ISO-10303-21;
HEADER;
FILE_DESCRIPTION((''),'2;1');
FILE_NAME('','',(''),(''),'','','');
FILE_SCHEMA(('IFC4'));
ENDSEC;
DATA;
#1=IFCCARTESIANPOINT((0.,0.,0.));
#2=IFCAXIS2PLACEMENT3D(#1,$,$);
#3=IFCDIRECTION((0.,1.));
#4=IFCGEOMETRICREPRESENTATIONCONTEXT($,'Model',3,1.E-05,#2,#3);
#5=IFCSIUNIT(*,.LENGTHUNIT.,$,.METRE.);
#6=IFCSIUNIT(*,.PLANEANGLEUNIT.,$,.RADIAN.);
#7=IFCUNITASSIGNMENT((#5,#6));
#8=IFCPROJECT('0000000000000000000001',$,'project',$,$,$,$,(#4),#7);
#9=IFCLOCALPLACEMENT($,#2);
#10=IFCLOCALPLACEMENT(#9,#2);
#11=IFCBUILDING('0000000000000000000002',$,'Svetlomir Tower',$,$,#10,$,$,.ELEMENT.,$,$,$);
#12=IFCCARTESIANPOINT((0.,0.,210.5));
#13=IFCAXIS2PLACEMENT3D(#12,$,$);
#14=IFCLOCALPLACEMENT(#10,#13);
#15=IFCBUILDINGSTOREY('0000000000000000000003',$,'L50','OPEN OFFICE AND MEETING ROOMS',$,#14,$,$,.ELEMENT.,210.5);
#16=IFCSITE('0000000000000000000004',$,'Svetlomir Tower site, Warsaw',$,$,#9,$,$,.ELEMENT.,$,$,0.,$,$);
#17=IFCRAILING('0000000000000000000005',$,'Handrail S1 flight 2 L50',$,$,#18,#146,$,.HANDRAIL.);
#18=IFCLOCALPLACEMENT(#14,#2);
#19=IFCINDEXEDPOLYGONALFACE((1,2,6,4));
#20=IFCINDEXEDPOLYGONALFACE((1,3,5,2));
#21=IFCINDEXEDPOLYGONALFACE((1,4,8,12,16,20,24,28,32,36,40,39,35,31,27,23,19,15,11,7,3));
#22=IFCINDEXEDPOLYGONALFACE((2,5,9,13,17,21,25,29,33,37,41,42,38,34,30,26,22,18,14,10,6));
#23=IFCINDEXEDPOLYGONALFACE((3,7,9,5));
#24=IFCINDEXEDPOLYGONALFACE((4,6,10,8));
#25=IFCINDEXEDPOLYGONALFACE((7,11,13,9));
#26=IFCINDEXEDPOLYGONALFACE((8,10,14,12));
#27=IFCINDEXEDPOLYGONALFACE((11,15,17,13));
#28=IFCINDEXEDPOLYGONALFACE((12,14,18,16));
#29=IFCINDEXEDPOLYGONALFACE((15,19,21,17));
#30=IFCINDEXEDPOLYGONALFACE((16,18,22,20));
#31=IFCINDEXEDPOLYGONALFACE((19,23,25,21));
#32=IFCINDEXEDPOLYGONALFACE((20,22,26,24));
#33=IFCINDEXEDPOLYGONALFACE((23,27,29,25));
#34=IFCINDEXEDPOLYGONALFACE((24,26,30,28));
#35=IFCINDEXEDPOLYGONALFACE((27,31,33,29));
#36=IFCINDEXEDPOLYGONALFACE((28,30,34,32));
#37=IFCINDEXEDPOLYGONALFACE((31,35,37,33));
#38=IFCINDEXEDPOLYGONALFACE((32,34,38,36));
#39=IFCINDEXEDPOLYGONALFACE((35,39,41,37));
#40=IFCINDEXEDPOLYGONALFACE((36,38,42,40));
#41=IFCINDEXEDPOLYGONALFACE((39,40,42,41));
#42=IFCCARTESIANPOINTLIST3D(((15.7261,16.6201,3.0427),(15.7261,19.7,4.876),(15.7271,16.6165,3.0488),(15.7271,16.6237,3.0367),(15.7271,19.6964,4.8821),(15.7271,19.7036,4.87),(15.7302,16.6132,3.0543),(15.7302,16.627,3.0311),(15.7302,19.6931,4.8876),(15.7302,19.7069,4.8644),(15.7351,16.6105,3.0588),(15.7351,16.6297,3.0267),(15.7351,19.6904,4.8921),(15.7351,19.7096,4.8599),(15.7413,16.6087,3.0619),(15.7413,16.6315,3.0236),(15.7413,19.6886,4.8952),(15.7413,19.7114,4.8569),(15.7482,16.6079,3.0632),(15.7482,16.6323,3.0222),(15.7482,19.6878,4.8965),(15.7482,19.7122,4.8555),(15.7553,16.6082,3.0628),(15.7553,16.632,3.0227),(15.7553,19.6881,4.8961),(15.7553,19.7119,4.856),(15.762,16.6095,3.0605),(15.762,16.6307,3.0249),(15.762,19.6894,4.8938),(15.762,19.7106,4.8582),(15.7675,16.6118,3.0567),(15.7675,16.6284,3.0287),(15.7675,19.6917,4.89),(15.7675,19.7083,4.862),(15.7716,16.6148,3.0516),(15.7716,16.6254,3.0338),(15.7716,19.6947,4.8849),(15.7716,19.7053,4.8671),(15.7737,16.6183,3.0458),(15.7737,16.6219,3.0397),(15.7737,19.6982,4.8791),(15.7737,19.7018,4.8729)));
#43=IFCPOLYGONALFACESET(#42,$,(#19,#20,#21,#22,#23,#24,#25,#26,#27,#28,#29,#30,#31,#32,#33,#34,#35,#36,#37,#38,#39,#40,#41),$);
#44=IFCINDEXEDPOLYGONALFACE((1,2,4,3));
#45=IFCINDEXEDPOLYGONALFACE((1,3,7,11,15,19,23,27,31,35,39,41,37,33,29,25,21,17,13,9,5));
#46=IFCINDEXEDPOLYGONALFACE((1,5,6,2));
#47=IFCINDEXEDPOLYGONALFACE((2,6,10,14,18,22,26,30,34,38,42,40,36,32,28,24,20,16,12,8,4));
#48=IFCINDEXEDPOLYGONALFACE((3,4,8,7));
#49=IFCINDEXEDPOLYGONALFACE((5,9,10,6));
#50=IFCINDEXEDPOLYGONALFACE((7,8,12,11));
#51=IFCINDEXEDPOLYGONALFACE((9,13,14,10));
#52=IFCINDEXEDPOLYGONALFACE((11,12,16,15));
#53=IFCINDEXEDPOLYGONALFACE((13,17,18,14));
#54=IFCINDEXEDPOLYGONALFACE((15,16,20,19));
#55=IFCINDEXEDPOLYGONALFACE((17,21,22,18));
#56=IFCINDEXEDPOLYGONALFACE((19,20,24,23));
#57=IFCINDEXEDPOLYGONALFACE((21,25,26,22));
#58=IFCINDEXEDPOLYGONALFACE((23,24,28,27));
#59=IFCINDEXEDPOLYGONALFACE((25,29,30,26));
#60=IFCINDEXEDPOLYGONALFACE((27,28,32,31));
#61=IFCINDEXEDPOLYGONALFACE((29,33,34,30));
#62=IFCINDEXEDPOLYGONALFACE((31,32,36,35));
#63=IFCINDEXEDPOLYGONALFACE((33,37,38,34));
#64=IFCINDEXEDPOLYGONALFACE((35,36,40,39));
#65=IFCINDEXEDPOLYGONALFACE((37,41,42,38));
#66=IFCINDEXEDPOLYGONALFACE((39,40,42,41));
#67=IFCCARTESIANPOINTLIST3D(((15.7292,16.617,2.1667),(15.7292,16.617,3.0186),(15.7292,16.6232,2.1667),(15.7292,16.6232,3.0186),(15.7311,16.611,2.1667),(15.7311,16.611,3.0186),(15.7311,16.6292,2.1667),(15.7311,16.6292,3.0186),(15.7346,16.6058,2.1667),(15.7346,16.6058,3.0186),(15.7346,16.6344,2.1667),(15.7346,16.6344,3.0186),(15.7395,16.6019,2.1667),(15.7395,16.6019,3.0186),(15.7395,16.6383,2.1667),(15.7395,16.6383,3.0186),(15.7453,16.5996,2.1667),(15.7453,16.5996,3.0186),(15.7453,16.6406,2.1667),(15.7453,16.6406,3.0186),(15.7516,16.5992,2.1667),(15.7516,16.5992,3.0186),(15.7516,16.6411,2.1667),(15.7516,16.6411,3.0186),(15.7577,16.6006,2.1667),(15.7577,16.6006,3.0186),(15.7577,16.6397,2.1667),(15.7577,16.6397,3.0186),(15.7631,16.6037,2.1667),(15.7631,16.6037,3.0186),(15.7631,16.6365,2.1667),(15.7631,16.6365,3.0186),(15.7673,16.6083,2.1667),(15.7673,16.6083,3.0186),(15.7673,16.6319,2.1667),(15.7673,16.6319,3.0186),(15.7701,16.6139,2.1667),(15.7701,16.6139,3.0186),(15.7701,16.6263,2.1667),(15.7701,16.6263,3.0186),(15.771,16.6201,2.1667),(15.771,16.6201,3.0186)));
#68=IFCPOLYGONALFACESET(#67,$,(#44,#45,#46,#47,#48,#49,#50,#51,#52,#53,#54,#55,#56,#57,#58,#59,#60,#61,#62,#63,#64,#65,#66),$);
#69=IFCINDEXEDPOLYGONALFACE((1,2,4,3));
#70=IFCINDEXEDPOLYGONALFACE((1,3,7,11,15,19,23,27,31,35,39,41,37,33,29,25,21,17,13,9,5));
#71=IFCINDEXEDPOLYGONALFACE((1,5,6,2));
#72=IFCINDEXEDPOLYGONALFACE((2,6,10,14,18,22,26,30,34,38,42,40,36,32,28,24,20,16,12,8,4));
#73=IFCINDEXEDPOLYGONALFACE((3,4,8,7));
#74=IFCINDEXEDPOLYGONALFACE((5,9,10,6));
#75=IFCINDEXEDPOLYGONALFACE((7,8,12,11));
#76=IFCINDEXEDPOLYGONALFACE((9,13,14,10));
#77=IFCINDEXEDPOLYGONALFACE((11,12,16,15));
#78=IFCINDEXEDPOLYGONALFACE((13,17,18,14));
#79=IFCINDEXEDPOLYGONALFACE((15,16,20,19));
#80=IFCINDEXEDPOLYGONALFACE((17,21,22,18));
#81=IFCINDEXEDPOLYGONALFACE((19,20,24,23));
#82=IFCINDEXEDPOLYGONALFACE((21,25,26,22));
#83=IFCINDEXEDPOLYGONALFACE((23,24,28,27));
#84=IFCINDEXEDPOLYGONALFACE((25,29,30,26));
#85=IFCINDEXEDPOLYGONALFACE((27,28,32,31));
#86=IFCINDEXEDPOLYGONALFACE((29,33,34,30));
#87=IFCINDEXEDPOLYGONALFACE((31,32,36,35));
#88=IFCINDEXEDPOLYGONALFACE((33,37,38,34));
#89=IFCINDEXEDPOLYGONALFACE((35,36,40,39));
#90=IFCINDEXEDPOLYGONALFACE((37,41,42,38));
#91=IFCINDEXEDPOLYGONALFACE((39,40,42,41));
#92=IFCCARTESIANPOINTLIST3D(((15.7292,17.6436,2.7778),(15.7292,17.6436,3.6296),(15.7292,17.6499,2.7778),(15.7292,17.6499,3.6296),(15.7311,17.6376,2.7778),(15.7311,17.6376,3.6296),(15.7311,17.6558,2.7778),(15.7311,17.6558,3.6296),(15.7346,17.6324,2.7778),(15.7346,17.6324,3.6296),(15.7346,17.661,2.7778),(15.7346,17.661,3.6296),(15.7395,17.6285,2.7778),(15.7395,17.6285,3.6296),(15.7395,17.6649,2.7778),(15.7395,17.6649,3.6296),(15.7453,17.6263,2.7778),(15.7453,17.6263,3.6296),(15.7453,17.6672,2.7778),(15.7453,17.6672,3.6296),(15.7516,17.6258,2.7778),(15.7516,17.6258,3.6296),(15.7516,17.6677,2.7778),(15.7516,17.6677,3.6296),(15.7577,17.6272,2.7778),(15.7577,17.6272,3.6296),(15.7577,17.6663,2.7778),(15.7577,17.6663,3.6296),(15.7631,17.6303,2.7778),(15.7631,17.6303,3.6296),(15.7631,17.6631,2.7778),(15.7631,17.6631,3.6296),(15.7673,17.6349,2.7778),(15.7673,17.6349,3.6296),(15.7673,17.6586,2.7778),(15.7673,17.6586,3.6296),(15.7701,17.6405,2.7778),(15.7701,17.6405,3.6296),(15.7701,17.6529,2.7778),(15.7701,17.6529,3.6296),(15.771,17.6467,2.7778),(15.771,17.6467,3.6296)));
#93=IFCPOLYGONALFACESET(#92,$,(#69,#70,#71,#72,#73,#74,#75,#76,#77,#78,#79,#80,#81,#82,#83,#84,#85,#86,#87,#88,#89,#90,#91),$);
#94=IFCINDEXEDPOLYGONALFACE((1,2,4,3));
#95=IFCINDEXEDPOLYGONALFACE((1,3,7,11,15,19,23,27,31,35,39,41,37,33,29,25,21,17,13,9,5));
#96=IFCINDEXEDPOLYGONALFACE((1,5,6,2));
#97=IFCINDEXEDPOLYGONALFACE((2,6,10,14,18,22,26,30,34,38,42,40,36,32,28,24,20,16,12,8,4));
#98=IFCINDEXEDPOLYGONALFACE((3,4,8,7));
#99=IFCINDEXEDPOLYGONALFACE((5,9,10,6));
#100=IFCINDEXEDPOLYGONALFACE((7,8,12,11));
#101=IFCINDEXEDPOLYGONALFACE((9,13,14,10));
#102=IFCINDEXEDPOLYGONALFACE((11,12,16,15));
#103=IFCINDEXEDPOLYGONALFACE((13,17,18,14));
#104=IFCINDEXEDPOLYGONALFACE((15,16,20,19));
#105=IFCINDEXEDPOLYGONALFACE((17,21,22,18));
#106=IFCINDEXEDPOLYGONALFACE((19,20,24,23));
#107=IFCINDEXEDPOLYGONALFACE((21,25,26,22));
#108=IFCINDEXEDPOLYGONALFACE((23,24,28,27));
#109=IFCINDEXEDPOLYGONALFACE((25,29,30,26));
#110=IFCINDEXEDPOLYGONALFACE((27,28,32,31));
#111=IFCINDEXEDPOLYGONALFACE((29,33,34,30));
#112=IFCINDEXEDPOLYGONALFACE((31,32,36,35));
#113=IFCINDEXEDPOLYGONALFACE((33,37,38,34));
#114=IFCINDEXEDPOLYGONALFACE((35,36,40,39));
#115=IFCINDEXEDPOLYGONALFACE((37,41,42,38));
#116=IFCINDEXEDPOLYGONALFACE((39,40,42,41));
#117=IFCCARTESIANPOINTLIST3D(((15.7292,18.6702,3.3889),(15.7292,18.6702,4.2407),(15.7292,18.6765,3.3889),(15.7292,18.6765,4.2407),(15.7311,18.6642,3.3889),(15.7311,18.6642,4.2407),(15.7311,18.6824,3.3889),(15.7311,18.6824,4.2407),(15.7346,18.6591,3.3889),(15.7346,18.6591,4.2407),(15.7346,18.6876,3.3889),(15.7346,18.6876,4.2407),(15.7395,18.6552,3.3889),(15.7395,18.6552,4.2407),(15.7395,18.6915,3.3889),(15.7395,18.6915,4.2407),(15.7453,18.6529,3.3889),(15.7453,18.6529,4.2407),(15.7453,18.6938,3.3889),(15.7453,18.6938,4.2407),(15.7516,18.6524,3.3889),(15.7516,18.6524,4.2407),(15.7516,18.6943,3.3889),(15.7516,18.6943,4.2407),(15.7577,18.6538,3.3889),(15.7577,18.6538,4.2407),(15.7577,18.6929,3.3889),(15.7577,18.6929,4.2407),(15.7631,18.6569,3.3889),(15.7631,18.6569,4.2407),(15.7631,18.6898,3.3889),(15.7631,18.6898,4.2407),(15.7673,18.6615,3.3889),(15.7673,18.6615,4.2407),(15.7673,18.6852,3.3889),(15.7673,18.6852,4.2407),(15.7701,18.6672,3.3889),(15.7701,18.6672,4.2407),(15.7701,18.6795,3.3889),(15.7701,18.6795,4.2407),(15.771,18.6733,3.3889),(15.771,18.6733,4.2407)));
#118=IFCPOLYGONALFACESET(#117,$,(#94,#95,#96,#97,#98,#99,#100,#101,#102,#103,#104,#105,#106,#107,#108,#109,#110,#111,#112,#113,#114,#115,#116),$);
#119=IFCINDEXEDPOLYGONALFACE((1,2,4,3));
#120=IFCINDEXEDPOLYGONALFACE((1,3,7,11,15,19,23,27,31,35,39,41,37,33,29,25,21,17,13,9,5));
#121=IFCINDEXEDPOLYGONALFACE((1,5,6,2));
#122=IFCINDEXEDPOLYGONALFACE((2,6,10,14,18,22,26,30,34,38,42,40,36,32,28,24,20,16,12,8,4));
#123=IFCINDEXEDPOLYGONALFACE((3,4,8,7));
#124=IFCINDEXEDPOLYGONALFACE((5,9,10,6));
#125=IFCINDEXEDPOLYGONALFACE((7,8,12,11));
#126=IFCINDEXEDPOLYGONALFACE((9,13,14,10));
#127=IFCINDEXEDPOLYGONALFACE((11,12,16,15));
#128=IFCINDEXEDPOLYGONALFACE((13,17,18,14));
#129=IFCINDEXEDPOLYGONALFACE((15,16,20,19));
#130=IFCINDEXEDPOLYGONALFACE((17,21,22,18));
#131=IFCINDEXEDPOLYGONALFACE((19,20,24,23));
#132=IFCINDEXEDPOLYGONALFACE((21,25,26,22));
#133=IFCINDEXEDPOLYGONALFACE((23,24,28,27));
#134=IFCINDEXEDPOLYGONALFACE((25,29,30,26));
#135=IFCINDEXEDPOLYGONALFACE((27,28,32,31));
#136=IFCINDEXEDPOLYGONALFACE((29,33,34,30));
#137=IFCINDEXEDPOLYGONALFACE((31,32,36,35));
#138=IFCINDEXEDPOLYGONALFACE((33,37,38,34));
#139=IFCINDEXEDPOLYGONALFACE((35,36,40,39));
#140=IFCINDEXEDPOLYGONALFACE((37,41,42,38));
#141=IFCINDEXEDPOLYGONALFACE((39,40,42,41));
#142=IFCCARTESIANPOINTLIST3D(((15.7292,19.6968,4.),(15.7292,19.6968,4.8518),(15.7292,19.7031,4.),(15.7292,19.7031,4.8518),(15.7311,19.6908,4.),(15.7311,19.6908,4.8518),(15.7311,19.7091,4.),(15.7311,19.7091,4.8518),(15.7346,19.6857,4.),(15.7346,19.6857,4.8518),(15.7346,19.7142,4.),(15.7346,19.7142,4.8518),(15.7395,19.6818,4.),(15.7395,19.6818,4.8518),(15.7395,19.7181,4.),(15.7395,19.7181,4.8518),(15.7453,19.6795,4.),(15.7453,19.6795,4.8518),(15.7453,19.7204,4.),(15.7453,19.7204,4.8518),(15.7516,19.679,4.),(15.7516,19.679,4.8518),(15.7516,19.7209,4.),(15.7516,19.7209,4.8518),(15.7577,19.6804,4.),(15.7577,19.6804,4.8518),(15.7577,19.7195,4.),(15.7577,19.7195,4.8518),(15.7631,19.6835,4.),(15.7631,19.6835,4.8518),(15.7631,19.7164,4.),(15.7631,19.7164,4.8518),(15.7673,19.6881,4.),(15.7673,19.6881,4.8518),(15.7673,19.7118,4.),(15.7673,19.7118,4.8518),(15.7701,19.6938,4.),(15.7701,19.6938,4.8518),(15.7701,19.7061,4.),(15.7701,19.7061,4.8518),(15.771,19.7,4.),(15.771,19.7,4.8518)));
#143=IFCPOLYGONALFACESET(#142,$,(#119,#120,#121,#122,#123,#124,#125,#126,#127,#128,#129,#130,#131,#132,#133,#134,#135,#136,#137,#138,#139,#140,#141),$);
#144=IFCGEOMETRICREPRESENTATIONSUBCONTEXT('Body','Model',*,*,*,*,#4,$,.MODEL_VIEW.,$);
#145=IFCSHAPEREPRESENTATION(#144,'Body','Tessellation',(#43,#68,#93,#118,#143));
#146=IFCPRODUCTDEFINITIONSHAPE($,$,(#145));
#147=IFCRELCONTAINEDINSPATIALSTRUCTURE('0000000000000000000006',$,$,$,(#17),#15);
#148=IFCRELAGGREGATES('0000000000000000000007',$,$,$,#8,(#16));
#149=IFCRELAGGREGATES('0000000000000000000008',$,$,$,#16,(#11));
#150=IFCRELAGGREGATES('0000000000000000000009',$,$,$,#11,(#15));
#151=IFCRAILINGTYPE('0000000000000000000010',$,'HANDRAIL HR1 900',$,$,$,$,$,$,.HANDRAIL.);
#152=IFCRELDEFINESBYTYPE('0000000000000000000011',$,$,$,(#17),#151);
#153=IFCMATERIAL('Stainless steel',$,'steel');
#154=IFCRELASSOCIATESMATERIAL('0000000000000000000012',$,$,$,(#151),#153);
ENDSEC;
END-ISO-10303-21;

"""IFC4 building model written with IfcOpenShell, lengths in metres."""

from ifc_helpers import new_model, si_unit, direction, frame, origin, origin_2d, place, context, subcontext, project, spatial, circle, extrude, material, type_object, element, save


model = new_model("IFC4")

# Units and contexts
model_context = context("Model", 3, precision=1e-05, world=origin(), true_north=direction((0.0, 1.0)))
body_context = subcontext(model_context, "Body", "Model", "MODEL_VIEW")
ifc_project = project(units=[si_unit("LENGTHUNIT", "METRE"), si_unit("PLANEANGLEUNIT", "RADIAN")], contexts=[model_context])

# Site, building, storey
site_placement = place(None, origin())
site = spatial("IfcSite", under=ifc_project, at=site_placement, Name="Svetlomir Tower site, Warsaw", CompositionType="ELEMENT", RefElevation=0.0)
building_placement = place(site_placement, origin())
building = spatial("IfcBuilding", under=site, at=building_placement, Name="Svetlomir Tower", CompositionType="ELEMENT")
storey_placement = place(building_placement, frame((0.0, 0.0, 210.5)))
storey = spatial("IfcBuildingStorey", under=building, at=storey_placement, Name="L50", Description="OPEN OFFICE AND MEETING ROOMS", CompositionType="ELEMENT", Elevation=210.5)

# Railing
ifc_material_1 = material(Name="Stainless steel", Category="steel")
railing_type = type_object("IfcRailingType", Name="HANDRAIL HR1 900", PredefinedType="HANDRAIL", material=ifc_material_1)
railing_placement = place(storey_placement, frame((15.75, 16.6201, 2.1667)))
element("IfcRailing", 1, at=railing_placement, inside=storey, type_object=railing_type, Name="Handrail S1 flight 2 L50", PredefinedType="HANDRAIL", context=body_context, shape_type="SweptSolid", body=[
    extrude(circle(Radius=0.0239, at=origin_2d()), frame((0.0, 0.0, 0.876), z_axis=(0.0, 0.859291, 0.511487), x_axis=(-1.0, 0.0, 0.0)), (0.0, 0.0, 1.0), 3.5842),
    extrude(circle(Radius=0.021, at=origin_2d()), origin(), (0.0, 0.0, 1.0), 0.8518),
    extrude(circle(Radius=0.021, at=origin_2d()), frame((0.0, 1.0266, 0.6111)), (0.0, 0.0, 1.0), 0.8518),
    extrude(circle(Radius=0.021, at=origin_2d()), frame((0.0, 2.0532, 1.2222)), (0.0, 0.0, 1.0), 0.8518),
    extrude(circle(Radius=0.021, at=origin_2d()), frame((0.0, 3.0798, 1.8333)), (0.0, 0.0, 1.0), 0.8518),
])

save(model, "model.ifc")
